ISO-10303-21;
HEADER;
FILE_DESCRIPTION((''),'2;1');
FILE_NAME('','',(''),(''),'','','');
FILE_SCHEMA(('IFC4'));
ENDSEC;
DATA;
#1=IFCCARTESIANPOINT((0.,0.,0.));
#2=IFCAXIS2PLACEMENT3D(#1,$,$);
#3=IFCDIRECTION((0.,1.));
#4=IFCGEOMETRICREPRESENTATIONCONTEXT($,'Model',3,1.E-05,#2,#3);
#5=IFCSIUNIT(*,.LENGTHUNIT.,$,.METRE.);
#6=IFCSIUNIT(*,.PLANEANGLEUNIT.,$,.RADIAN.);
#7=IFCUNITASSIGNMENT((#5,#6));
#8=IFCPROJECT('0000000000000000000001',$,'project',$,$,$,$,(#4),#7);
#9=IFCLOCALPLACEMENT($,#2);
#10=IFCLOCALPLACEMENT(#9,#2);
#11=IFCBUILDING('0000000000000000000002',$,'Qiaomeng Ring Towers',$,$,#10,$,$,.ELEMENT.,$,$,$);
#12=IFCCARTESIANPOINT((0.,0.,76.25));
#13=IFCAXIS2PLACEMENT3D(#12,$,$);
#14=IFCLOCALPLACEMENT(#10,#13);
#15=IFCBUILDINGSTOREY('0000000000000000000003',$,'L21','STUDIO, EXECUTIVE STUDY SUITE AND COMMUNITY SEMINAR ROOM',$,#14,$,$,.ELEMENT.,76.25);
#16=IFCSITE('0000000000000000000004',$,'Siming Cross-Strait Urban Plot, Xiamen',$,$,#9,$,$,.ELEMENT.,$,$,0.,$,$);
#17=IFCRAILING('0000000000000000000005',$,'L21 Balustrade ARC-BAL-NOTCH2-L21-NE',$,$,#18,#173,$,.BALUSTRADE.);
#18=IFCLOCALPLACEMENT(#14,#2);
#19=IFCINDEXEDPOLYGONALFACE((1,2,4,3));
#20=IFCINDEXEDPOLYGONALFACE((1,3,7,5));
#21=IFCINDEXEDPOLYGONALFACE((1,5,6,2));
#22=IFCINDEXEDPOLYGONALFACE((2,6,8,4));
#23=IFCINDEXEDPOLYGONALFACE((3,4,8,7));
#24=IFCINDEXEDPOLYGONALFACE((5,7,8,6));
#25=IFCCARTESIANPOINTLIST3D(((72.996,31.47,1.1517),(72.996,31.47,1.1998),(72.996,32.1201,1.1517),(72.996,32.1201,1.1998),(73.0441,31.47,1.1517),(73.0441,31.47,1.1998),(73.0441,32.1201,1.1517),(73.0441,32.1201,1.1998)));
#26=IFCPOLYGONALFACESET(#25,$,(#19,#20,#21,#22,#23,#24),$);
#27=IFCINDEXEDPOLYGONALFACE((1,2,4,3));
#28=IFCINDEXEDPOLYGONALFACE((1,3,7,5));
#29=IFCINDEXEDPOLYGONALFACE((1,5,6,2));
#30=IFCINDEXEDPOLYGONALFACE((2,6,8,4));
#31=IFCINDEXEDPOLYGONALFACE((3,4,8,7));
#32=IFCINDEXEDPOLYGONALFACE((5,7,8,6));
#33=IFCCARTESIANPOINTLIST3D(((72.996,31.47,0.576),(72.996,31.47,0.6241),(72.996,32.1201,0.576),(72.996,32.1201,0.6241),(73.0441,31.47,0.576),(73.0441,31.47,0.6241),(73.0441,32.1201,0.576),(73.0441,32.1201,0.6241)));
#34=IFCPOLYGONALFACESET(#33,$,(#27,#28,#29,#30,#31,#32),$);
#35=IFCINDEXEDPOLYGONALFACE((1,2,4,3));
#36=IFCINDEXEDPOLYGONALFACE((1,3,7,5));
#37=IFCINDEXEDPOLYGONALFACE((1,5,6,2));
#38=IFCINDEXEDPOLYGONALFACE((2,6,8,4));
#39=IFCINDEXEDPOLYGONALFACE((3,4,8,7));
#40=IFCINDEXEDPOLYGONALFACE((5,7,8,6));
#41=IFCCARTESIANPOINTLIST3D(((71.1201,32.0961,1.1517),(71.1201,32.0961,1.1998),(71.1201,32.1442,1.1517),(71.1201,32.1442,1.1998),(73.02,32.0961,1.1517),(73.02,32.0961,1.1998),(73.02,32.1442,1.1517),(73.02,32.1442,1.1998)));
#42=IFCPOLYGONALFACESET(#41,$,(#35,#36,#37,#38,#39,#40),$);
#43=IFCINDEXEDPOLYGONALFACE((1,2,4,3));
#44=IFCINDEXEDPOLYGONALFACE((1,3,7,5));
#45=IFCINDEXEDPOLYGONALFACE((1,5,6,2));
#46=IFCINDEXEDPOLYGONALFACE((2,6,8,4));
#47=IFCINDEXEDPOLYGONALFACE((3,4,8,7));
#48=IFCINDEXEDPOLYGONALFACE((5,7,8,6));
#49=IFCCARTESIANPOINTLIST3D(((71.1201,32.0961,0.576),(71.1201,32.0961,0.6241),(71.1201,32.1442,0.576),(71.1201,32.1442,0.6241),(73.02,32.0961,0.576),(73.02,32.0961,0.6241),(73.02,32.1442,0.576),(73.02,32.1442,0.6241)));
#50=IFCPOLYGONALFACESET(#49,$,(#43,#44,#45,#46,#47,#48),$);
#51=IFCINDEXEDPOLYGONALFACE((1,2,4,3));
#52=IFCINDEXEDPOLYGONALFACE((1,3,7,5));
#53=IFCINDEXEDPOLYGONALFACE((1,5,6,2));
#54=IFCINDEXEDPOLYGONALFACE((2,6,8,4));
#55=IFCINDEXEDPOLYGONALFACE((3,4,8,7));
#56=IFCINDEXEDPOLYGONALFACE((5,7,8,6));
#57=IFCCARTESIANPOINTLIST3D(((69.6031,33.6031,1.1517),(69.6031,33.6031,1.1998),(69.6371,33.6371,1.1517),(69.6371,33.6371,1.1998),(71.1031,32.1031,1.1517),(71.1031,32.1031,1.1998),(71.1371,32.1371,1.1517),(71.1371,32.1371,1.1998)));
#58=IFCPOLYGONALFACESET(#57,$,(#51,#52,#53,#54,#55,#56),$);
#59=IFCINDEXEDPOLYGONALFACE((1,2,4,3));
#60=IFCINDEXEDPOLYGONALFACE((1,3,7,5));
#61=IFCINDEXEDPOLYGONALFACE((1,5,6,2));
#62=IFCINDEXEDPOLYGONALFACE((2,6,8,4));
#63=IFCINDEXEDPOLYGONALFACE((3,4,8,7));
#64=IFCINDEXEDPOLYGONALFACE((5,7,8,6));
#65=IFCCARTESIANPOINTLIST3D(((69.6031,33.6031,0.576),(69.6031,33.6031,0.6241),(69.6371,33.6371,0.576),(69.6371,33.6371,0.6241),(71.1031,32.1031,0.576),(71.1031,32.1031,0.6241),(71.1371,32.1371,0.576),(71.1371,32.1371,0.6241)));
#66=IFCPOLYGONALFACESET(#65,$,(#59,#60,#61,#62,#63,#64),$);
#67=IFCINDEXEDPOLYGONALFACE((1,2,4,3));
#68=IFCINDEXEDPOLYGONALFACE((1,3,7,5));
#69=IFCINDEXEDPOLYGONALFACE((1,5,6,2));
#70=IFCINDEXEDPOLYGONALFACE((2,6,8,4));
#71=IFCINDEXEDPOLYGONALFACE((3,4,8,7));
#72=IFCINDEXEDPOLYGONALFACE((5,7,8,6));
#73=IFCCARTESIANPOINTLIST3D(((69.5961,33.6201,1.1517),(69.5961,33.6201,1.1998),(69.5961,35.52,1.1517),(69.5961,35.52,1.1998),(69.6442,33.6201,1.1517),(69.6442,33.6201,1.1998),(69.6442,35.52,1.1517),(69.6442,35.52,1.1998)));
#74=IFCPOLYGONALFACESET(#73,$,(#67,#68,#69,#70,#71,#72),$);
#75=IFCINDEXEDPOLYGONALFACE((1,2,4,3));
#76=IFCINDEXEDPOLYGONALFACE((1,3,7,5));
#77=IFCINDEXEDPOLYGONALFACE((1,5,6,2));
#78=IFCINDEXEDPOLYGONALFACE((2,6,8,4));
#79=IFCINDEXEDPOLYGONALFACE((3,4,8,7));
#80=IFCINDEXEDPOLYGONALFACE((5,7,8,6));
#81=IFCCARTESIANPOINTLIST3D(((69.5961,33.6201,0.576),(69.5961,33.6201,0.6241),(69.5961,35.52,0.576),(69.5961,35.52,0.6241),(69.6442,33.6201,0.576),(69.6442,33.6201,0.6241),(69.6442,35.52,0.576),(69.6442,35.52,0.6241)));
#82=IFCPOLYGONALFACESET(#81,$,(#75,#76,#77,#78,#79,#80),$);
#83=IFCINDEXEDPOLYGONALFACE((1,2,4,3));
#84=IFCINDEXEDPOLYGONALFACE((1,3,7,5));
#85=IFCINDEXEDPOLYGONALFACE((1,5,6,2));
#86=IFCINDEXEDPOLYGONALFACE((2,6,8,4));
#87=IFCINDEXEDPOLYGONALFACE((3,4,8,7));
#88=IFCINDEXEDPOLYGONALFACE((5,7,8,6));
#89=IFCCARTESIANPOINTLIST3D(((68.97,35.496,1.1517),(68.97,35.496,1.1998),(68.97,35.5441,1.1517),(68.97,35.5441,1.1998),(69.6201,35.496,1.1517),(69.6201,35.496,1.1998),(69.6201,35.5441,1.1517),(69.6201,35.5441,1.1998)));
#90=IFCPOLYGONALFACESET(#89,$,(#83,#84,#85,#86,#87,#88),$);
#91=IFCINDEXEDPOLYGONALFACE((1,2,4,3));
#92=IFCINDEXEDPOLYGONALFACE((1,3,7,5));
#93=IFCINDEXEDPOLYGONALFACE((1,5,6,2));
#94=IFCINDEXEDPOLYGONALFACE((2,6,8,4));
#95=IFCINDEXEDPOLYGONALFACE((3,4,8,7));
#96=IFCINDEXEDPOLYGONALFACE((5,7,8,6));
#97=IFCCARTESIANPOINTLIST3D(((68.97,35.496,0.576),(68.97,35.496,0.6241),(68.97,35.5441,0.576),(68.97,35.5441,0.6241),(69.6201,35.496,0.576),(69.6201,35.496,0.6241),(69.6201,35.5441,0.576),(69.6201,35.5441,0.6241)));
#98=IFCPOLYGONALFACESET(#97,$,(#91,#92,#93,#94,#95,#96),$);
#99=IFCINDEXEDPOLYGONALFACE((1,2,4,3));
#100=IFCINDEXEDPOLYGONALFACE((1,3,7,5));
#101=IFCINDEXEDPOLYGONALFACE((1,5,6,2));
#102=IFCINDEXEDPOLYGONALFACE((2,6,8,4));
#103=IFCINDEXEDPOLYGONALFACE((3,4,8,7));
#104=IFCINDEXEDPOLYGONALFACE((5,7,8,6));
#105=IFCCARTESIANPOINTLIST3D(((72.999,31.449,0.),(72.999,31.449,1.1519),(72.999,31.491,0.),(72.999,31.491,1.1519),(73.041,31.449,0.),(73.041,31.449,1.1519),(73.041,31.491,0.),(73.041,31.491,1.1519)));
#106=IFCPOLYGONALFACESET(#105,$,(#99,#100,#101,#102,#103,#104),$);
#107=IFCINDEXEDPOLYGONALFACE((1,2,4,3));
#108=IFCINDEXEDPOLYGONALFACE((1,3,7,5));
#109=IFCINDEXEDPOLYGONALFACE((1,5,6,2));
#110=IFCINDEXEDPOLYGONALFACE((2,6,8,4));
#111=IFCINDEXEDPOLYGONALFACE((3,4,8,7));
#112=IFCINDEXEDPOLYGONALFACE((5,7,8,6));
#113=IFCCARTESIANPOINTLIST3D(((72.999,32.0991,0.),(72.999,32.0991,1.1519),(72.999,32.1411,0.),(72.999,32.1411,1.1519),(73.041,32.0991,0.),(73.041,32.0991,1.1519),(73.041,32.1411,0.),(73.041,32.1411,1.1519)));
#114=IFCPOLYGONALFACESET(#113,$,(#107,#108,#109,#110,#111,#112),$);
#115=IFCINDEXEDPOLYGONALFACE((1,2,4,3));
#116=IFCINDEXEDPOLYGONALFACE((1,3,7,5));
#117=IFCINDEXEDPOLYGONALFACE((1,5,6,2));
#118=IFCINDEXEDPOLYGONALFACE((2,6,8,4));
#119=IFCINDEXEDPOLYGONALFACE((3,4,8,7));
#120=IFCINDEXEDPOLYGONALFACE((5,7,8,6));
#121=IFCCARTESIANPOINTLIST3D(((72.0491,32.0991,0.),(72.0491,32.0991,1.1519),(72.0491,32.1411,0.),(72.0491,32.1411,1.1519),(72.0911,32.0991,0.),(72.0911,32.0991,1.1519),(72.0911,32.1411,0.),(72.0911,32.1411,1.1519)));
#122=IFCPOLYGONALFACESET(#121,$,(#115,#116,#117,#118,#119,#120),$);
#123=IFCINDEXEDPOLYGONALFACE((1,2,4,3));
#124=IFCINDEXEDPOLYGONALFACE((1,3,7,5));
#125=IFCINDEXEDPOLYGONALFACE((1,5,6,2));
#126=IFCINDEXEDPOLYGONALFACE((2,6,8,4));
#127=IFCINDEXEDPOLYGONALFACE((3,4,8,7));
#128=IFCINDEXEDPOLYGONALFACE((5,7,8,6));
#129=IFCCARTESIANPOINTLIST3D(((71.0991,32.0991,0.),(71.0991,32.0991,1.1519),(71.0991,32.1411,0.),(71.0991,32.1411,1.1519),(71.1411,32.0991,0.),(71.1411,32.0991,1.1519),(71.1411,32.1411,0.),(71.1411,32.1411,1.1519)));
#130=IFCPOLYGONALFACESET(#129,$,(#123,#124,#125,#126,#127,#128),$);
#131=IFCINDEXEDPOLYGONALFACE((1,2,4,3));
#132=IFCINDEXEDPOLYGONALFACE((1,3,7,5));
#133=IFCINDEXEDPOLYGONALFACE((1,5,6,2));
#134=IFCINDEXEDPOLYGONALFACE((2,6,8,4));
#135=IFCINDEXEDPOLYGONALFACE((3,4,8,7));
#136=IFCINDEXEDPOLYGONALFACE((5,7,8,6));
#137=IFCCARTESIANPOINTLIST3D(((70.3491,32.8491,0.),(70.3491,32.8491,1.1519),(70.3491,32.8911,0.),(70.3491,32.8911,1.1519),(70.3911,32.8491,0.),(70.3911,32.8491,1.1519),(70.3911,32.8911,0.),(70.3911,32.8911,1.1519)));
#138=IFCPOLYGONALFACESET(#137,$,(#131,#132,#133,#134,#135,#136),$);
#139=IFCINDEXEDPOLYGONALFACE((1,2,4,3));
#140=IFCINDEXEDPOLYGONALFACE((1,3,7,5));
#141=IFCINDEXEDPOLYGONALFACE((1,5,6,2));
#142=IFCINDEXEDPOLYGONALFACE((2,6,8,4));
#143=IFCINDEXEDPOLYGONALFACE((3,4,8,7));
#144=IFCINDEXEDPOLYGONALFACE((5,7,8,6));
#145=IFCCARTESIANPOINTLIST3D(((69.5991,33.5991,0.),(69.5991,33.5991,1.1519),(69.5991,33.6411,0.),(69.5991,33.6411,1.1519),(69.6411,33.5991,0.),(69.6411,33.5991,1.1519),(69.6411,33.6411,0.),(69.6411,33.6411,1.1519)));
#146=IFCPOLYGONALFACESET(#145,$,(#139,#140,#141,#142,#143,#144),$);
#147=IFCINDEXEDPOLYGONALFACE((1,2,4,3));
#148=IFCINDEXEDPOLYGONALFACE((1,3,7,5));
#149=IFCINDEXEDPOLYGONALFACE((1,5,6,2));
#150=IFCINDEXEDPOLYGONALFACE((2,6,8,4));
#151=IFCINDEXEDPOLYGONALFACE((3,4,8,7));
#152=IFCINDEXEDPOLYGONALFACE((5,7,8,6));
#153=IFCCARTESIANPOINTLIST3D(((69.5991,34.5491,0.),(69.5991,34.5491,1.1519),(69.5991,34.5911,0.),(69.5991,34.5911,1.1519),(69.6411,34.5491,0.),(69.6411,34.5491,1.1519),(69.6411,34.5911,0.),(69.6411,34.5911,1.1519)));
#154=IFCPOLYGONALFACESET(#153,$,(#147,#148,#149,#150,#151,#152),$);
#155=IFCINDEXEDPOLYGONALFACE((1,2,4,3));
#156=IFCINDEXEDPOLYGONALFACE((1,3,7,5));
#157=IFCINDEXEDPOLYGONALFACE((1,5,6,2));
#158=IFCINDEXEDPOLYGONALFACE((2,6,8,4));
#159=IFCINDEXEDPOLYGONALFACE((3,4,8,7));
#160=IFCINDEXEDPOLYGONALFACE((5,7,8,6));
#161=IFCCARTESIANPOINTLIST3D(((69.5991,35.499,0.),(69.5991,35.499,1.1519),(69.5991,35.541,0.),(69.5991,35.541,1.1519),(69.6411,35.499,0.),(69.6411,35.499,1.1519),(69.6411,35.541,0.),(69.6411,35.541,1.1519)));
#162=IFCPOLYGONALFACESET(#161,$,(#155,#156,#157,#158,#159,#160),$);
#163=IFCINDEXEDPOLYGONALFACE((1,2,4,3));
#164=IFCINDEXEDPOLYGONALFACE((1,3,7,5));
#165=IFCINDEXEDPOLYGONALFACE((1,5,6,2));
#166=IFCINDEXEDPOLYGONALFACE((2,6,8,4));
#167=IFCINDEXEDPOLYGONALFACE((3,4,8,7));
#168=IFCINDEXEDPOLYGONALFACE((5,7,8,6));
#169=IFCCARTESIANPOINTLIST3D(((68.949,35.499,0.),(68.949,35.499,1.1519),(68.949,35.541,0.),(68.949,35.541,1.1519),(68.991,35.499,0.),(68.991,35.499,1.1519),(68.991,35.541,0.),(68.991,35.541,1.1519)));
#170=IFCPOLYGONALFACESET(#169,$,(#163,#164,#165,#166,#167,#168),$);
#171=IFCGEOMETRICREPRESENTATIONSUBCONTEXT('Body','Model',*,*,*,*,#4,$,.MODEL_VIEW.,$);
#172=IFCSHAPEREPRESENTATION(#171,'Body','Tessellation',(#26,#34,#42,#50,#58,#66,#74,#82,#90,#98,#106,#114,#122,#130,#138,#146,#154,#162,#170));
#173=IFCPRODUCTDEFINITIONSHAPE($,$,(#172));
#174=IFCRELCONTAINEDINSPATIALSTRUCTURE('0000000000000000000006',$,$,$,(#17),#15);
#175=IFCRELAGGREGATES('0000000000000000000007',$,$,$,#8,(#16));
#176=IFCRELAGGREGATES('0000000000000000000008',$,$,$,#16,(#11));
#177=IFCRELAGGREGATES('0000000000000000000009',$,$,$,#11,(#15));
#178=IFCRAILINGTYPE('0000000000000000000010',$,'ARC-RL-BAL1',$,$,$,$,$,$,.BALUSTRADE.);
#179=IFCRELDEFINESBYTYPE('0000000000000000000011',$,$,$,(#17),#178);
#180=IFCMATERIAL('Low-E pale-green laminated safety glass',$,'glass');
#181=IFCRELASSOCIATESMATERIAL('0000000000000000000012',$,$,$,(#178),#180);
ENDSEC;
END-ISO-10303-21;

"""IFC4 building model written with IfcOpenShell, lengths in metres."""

from ifc_helpers import new_model, si_unit, direction, frame, origin, origin_2d, place, context, subcontext, project, spatial, rectangle, extrude, material, type_object, element, save


model = new_model("IFC4")

# Units and contexts
model_context = context("Model", 3, precision=1e-05, world=origin(), true_north=direction((0.0, 1.0)))
body_context = subcontext(model_context, "Body", "Model", "MODEL_VIEW")
ifc_project = project(units=[si_unit("LENGTHUNIT", "METRE"), si_unit("PLANEANGLEUNIT", "RADIAN")], contexts=[model_context])

# Site, building, storey
site_placement = place(None, origin())
site = spatial("IfcSite", under=ifc_project, at=site_placement, Name="Siming Cross-Strait Urban Plot, Xiamen", CompositionType="ELEMENT", RefElevation=0.0)
building_placement = place(site_placement, origin())
building = spatial("IfcBuilding", under=site, at=building_placement, Name="Qiaomeng Ring Towers", CompositionType="ELEMENT")
storey_placement = place(building_placement, frame((0.0, 0.0, 76.25)))
storey = spatial("IfcBuildingStorey", under=building, at=storey_placement, Name="L21", Description="STUDIO, EXECUTIVE STUDY SUITE AND COMMUNITY SEMINAR ROOM", CompositionType="ELEMENT", Elevation=76.25)

# Railing
ifc_material_1 = material(Name="Low-E pale-green laminated safety glass", Category="glass")
railing_type = type_object("IfcRailingType", Name="ARC-RL-BAL1", PredefinedType="BALUSTRADE", material=ifc_material_1)
railing_1_placement = place(storey_placement, frame((73.02, 31.47, 0.0)))
element("IfcRailing", 1, at=railing_1_placement, inside=storey, type_object=railing_type, Name="L21 Balustrade ARC-BAL-NOTCH2-L21-NE", PredefinedType="BALUSTRADE", context=body_context, shape_type="SweptSolid", body=[
    extrude(rectangle(XDim=0.0481, YDim=0.0481, at=origin_2d()), frame((0.0, 0.0, 1.1758), z_axis=(0.0, 1.0, 0.0), x_axis=(-1.0, 0.0, 0.0)), (0.0, 0.0, 1.0), 0.6501),
    extrude(rectangle(XDim=0.0481, YDim=0.0481, at=origin_2d()), frame((0.0, 0.0, 0.6001), z_axis=(0.0, 1.0, 0.0), x_axis=(-1.0, 0.0, 0.0)), (0.0, 0.0, 1.0), 0.6501),
    extrude(rectangle(XDim=0.0481, YDim=0.0481, at=origin_2d()), frame((0.0, 0.6501, 1.1758), z_axis=(-1.0, 0.0, 0.0), x_axis=(0.0, -1.0, 0.0)), (0.0, 0.0, 1.0), 1.8999),
    extrude(rectangle(XDim=0.0481, YDim=0.0481, at=origin_2d()), frame((0.0, 0.6501, 0.6001), z_axis=(-1.0, 0.0, 0.0), x_axis=(0.0, -1.0, 0.0)), (0.0, 0.0, 1.0), 1.8999),
    extrude(rectangle(XDim=0.0481, YDim=0.0481, at=origin_2d()), frame((-1.8999, 0.6501, 1.1758), z_axis=(-0.707107, 0.707107, 0.0), x_axis=(-0.707107, -0.707107, 0.0)), (0.0, 0.0, 1.0), 2.1213),
    extrude(rectangle(XDim=0.0481, YDim=0.0481, at=origin_2d()), frame((-1.8999, 0.6501, 0.6001), z_axis=(-0.707107, 0.707107, 0.0), x_axis=(-0.707107, -0.707107, 0.0)), (0.0, 0.0, 1.0), 2.1213),
    extrude(rectangle(XDim=0.0481, YDim=0.0481, at=origin_2d()), frame((-3.3999, 2.1501, 1.1758), z_axis=(0.0, 1.0, 0.0), x_axis=(-1.0, 0.0, 0.0)), (0.0, 0.0, 1.0), 1.8999),
    extrude(rectangle(XDim=0.0481, YDim=0.0481, at=origin_2d()), frame((-3.3999, 2.1501, 0.6001), z_axis=(0.0, 1.0, 0.0), x_axis=(-1.0, 0.0, 0.0)), (0.0, 0.0, 1.0), 1.8999),
    extrude(rectangle(XDim=0.0481, YDim=0.0481, at=origin_2d()), frame((-3.3999, 4.05, 1.1758), z_axis=(-1.0, 0.0, 0.0), x_axis=(0.0, -1.0, 0.0)), (0.0, 0.0, 1.0), 0.6501),
    extrude(rectangle(XDim=0.0481, YDim=0.0481, at=origin_2d()), frame((-3.3999, 4.05, 0.6001), z_axis=(-1.0, 0.0, 0.0), x_axis=(0.0, -1.0, 0.0)), (0.0, 0.0, 1.0), 0.6501),
    extrude(rectangle(XDim=0.042, YDim=0.042, at=origin_2d()), origin(), (0.0, 0.0, 1.0), 1.1519),
    extrude(rectangle(XDim=0.042, YDim=0.042, at=origin_2d()), frame((0.0, 0.6501, 0.0)), (0.0, 0.0, 1.0), 1.1519),
    extrude(rectangle(XDim=0.042, YDim=0.042, at=origin_2d()), frame((-0.95, 0.6501, 0.0)), (0.0, 0.0, 1.0), 1.1519),
    extrude(rectangle(XDim=0.042, YDim=0.042, at=origin_2d()), frame((-1.8999, 0.6501, 0.0)), (0.0, 0.0, 1.0), 1.1519),
    extrude(rectangle(XDim=0.042, YDim=0.042, at=origin_2d()), frame((-2.6499, 1.4001, 0.0)), (0.0, 0.0, 1.0), 1.1519),
    extrude(rectangle(XDim=0.042, YDim=0.042, at=origin_2d()), frame((-3.3999, 2.1501, 0.0)), (0.0, 0.0, 1.0), 1.1519),
    extrude(rectangle(XDim=0.042, YDim=0.042, at=origin_2d()), frame((-3.3999, 3.1001, 0.0)), (0.0, 0.0, 1.0), 1.1519),
    extrude(rectangle(XDim=0.042, YDim=0.042, at=origin_2d()), frame((-3.3999, 4.05, 0.0)), (0.0, 0.0, 1.0), 1.1519),
    extrude(rectangle(XDim=0.042, YDim=0.042, at=origin_2d()), frame((-4.05, 4.05, 0.0)), (0.0, 0.0, 1.0), 1.1519),
])

save(model, "model.ifc")
